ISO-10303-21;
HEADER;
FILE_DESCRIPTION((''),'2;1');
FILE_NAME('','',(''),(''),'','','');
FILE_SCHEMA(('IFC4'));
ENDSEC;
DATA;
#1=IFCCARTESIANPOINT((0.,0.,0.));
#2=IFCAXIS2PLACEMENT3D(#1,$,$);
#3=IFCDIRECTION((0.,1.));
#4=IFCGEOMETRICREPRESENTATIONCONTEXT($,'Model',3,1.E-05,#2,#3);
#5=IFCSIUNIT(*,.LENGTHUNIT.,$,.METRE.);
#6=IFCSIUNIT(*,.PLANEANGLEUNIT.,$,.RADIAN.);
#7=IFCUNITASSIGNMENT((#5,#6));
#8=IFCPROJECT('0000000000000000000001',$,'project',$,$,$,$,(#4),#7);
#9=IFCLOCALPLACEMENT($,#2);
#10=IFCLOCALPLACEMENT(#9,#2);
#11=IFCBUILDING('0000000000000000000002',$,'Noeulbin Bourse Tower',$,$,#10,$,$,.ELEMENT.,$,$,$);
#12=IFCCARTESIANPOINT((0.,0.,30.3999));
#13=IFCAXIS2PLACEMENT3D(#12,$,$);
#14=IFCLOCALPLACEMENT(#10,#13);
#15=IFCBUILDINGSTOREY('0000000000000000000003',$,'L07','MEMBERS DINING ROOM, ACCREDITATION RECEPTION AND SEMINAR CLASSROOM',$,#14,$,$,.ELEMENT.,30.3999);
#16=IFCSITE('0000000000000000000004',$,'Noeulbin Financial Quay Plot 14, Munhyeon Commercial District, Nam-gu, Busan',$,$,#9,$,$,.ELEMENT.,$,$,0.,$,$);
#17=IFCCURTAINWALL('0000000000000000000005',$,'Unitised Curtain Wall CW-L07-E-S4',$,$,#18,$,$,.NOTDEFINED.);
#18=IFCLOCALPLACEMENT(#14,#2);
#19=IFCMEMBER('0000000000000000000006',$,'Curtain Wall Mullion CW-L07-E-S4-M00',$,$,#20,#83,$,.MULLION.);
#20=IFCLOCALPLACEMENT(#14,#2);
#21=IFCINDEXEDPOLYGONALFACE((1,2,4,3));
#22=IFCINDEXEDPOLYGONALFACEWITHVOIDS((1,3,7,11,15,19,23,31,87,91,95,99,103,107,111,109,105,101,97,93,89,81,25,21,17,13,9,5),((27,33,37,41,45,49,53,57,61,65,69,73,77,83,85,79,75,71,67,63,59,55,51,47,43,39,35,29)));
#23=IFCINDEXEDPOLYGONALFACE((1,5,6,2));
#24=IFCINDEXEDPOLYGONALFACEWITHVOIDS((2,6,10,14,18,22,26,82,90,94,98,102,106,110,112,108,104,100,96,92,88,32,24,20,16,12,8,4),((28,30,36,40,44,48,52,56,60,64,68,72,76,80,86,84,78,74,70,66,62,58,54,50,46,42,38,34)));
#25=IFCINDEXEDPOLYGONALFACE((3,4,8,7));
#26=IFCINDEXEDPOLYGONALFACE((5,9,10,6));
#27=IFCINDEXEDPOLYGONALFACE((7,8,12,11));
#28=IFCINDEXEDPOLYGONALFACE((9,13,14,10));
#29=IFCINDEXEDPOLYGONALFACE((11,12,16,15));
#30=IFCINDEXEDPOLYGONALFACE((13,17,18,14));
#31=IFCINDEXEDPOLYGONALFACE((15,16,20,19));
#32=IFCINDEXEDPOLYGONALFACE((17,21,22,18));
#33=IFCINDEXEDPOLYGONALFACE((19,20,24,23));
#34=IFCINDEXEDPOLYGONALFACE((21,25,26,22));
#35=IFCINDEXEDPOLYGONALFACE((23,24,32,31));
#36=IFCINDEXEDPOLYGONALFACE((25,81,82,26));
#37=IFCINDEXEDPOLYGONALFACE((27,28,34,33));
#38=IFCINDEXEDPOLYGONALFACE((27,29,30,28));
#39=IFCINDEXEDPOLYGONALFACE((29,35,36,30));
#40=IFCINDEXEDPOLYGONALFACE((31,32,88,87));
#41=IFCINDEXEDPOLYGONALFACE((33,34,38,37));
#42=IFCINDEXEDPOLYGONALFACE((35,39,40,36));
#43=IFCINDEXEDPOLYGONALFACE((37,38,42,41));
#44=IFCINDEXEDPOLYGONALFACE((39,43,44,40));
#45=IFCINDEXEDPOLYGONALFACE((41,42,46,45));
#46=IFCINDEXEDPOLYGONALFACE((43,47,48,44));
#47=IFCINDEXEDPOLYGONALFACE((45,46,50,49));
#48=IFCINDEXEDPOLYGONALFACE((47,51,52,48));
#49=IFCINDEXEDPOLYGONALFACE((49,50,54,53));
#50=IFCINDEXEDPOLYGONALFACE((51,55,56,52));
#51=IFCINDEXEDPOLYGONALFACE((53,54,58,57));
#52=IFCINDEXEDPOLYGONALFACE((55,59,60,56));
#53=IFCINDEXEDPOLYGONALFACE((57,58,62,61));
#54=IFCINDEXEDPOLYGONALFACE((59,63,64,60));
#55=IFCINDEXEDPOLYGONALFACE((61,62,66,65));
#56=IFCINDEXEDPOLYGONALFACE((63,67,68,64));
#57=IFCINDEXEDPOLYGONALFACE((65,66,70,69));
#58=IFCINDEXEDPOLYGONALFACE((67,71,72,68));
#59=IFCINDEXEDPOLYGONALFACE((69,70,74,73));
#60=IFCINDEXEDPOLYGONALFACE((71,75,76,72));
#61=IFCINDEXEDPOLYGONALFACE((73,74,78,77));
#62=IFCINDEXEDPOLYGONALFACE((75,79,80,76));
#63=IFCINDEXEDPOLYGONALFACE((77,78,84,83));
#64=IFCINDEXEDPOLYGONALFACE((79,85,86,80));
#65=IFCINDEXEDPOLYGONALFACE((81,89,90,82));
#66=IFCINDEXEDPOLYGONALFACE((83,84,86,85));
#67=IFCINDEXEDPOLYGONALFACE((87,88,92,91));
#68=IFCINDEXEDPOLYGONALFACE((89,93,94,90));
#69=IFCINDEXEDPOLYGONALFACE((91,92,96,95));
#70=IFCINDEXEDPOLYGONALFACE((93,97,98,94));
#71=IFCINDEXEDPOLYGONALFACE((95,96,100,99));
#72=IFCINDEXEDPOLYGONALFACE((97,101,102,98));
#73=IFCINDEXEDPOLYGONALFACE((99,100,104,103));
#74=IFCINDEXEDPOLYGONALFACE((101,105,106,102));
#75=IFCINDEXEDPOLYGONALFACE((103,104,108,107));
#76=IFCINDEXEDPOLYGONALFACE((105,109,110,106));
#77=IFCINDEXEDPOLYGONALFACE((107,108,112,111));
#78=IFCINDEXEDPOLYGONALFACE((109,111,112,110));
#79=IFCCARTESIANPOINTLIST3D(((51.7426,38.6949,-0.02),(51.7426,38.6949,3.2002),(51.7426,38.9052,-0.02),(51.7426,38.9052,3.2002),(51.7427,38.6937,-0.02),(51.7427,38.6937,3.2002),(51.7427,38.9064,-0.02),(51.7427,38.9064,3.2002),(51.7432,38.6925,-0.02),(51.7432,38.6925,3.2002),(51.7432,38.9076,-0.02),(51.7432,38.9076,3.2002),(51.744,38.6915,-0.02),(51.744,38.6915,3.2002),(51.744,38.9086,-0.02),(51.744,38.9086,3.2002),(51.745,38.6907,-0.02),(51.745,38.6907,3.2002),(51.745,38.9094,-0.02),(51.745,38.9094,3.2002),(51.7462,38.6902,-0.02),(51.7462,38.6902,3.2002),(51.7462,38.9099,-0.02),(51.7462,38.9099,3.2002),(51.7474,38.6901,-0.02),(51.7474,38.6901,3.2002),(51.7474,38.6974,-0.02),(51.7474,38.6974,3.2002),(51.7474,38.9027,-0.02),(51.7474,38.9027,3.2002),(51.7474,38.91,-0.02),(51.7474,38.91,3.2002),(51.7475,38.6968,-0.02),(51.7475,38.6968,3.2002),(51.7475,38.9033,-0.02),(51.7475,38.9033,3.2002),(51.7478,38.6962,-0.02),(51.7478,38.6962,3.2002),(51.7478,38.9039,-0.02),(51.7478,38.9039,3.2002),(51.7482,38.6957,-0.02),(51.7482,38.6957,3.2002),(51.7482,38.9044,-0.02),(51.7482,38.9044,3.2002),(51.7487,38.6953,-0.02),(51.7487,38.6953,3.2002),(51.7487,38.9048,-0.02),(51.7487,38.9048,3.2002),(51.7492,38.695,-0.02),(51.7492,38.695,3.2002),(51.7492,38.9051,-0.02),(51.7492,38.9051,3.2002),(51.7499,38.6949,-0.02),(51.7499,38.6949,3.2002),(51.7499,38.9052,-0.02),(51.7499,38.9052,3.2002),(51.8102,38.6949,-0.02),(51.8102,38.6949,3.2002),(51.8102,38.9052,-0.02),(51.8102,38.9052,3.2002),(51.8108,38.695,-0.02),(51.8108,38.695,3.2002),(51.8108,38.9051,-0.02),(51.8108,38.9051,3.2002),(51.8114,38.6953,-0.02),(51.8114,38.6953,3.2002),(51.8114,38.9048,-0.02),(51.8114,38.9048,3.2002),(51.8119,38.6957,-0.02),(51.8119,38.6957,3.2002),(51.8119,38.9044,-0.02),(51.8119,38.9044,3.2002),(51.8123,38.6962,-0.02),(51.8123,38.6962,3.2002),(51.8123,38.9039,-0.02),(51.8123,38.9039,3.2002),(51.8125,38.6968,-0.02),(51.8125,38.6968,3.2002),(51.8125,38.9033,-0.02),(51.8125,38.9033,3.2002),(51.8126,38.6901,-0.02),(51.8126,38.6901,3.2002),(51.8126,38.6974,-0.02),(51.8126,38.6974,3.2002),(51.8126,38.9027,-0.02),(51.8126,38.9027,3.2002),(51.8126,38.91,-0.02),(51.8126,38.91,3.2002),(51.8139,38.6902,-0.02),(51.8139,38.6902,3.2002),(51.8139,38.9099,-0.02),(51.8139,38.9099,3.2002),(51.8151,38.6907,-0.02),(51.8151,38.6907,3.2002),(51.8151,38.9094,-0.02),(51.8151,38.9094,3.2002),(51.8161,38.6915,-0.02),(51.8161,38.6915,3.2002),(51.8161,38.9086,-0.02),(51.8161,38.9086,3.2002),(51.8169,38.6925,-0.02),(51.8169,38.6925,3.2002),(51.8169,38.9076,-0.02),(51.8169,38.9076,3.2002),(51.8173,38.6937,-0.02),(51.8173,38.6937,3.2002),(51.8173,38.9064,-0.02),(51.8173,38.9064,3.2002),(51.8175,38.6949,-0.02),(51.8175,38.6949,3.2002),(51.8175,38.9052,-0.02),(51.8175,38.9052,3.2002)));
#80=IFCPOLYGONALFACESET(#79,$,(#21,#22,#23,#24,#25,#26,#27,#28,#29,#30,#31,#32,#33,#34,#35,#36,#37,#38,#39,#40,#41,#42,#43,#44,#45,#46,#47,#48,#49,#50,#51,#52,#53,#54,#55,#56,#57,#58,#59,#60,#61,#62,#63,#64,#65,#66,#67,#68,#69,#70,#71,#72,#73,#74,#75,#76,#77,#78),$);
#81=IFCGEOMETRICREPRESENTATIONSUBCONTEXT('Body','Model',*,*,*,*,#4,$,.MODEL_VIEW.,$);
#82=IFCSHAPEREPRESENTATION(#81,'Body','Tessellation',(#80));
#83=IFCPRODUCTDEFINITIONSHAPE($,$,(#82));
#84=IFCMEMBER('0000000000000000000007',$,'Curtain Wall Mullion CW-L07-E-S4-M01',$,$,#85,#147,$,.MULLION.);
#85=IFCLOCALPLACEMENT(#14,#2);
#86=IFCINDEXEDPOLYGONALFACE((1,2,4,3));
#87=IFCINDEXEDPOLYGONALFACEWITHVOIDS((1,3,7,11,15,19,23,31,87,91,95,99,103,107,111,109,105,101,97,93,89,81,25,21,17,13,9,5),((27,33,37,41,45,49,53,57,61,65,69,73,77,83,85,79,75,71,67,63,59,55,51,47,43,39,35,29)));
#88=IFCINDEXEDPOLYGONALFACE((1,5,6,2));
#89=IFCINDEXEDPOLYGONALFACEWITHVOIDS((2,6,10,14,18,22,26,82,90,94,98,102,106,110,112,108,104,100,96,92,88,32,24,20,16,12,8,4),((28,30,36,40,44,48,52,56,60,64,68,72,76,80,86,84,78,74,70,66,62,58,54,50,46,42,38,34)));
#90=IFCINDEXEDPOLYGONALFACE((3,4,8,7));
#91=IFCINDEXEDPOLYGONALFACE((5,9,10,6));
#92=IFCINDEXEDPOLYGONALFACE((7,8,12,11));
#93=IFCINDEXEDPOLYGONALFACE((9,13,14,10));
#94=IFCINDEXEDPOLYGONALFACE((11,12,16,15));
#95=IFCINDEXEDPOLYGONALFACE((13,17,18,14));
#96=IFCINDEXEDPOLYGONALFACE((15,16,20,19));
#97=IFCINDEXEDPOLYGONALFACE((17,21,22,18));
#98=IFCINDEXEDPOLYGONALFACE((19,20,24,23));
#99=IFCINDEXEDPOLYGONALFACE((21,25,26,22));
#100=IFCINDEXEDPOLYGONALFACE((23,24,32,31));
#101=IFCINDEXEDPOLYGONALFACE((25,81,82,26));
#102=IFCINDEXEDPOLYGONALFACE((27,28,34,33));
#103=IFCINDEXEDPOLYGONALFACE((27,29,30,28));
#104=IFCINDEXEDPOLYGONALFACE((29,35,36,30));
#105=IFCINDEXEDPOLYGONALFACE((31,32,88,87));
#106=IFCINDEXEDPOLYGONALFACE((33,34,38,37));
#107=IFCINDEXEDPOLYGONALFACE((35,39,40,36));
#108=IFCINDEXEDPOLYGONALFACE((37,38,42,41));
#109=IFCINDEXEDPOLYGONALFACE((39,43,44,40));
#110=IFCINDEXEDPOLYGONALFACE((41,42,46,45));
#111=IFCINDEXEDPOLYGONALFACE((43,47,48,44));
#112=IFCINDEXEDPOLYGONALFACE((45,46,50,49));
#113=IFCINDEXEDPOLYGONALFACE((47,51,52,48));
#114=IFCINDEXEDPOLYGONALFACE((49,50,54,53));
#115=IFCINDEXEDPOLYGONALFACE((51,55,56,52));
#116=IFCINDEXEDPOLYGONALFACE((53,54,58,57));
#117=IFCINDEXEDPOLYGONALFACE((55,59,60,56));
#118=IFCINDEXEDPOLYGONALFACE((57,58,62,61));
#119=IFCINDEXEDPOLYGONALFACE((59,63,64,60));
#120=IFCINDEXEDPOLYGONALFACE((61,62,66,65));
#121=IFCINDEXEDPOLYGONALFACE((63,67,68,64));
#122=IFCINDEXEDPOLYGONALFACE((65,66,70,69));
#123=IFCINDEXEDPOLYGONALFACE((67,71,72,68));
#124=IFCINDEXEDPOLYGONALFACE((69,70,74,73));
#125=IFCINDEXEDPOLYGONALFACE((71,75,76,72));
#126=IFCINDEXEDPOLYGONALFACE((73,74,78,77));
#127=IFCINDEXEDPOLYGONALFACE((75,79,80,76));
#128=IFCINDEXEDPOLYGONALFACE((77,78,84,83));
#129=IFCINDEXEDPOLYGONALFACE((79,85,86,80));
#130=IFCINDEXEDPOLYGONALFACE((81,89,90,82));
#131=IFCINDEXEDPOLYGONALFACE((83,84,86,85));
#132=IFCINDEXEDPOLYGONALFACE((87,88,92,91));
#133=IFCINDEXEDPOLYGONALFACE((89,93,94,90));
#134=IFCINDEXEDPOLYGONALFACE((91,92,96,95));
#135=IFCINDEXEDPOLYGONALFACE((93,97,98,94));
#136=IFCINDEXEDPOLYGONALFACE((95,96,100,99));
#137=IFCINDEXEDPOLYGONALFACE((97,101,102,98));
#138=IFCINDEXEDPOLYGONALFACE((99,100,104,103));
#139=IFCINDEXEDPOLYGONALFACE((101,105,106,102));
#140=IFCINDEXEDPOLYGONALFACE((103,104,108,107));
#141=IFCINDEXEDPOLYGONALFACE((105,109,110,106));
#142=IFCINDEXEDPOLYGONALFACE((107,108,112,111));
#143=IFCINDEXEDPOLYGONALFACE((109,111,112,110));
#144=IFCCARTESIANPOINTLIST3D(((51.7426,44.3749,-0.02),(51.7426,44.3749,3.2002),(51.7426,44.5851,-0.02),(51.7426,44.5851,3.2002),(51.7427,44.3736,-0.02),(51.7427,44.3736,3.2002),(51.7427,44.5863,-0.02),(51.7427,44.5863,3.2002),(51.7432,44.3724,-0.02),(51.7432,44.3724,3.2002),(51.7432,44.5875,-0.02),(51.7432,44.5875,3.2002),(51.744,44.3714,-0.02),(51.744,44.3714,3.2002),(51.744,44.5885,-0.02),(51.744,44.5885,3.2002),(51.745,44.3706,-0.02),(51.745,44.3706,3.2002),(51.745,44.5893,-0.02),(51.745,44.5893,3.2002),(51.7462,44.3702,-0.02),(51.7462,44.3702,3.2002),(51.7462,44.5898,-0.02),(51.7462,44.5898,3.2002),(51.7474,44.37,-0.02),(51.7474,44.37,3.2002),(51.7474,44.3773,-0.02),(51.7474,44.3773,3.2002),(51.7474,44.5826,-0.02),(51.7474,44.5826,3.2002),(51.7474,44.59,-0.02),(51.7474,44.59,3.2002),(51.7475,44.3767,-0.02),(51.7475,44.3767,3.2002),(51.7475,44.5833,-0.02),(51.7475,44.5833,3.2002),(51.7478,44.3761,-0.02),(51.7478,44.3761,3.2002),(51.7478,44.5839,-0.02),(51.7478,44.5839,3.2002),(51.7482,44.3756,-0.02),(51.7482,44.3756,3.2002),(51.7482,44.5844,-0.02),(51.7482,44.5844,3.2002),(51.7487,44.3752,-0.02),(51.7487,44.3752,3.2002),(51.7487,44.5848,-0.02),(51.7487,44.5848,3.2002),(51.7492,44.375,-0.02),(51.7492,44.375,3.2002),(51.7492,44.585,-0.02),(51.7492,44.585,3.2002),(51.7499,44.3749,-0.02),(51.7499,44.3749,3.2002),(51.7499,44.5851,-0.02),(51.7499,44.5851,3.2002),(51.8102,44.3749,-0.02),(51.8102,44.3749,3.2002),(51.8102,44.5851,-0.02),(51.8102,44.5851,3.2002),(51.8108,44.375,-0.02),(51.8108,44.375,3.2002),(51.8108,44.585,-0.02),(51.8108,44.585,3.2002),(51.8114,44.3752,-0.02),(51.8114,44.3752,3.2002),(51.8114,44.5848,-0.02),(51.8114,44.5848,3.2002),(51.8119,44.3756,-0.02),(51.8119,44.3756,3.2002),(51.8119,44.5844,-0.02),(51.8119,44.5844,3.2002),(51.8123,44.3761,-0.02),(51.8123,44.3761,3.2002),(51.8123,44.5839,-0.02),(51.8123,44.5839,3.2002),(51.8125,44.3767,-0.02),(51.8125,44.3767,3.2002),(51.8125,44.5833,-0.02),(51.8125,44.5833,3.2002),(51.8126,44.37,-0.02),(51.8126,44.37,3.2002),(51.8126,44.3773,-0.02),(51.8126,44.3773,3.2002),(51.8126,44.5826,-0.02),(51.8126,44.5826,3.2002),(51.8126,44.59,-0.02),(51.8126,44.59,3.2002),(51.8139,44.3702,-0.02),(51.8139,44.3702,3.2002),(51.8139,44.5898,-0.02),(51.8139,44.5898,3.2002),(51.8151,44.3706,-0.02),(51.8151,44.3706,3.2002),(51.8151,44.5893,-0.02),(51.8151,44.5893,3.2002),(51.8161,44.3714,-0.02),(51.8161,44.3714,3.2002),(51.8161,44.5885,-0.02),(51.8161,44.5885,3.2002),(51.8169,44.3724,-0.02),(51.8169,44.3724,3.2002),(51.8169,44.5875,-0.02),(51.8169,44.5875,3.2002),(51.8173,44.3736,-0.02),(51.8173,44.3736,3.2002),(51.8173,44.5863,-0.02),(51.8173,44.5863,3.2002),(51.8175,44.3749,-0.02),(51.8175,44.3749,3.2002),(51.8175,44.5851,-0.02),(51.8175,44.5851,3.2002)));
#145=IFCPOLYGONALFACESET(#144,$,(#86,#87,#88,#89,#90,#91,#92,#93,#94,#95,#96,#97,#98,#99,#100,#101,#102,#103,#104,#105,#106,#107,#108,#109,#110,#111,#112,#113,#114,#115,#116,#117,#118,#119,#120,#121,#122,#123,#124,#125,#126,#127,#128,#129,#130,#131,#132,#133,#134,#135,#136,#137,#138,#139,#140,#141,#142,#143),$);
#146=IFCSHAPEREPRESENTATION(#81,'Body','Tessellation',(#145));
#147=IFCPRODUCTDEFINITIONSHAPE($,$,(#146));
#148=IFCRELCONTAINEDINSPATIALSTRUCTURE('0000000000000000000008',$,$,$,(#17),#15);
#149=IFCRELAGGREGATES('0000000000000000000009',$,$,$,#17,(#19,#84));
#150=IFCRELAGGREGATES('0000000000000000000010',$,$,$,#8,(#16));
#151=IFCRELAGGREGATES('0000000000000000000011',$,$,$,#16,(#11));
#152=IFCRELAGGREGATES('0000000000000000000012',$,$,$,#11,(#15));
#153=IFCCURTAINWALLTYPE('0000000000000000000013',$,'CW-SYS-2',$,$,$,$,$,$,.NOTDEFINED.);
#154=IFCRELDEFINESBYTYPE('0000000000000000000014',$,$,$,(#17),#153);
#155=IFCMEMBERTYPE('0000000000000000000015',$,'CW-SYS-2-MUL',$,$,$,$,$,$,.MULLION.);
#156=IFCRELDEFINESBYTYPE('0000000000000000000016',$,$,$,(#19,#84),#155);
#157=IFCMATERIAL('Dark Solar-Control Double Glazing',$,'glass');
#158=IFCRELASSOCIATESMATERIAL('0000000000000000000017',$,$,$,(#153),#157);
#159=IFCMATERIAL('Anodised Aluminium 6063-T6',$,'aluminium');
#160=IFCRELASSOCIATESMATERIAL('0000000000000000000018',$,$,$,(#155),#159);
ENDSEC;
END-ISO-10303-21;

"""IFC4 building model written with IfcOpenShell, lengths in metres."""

from ifc_helpers import new_model, si_unit, direction, frame, origin, origin_2d, place, context, subcontext, project, spatial, hollow_rectangle, extrude, material, material_profile, profile_set, type_object, element, aggregate, save


model = new_model("IFC4")

# Units and contexts
model_context = context("Model", 3, precision=1e-05, world=origin(), true_north=direction((0.0, 1.0)))
body_context = subcontext(model_context, "Body", "Model", "MODEL_VIEW")
ifc_project = project(units=[si_unit("LENGTHUNIT", "METRE"), si_unit("PLANEANGLEUNIT", "RADIAN")], contexts=[model_context])

# Site, building, storey
site_placement = place(None, origin())
site = spatial("IfcSite", under=ifc_project, at=site_placement, Name="Noeulbin Financial Quay Plot 14, Munhyeon Commercial District, Nam-gu, Busan", CompositionType="ELEMENT", RefElevation=0.0)
building_placement = place(site_placement, origin())
building = spatial("IfcBuilding", under=site, at=building_placement, Name="Noeulbin Bourse Tower", CompositionType="ELEMENT")
storey_placement = place(building_placement, frame((0.0, 0.0, 30.3999)))
storey = spatial("IfcBuildingStorey", under=building, at=storey_placement, Name="L07", Description="MEMBERS DINING ROOM, ACCREDITATION RECEPTION AND SEMINAR CLASSROOM", CompositionType="ELEMENT", Elevation=30.3999)

# Shared definitions
ifc_material_1 = material(Name="Dark Solar-Control Double Glazing", Category="glass")
curtain_wall_type = type_object("IfcCurtainWallType", Name="CW-SYS-2", PredefinedType="NOTDEFINED", material=ifc_material_1)
ifc_material_2 = material(Name="Anodised Aluminium 6063-T6", Category="aluminium")
ifc_material_profile_1 = material_profile(ifc_material_2, hollow_rectangle(XDim=0.075, YDim=0.22, WallThickness=0.0049, InnerFilletRadius=0.0024, OuterFilletRadius=0.0049, at=origin_2d()), Name="ALU-MULL-75x220x5", Category="LoadBearing")
ifc_profile_set_1 = profile_set([ifc_material_profile_1], Name="Anodised Aluminium 6063-T6")
member_type_1 = type_object("IfcMemberType", Name="CW-SYS-2-MUL", PredefinedType="MULLION", material=ifc_profile_set_1)

# Curtain wall, members
curtain_wall_1_placement = place(storey_placement, origin())
curtain_wall_1 = element("IfcCurtainWall", 1, at=curtain_wall_1_placement, inside=storey, type_object=curtain_wall_type, Name="Unitised Curtain Wall CW-L07-E-S4", PredefinedType="NOTDEFINED")
member_1_placement = place(storey_placement, frame((51.78, 38.8, -0.02), z_axis=(0.0, 0.0, 1.0), x_axis=(1.0, 0.0, 0.0)))
member_1 = element("IfcMember", 2, at=member_1_placement, type_object=member_type_1, Name="Curtain Wall Mullion CW-L07-E-S4-M00", PredefinedType="MULLION", context=body_context, shape_type="SweptSolid", body=[
    extrude(hollow_rectangle(XDim=0.075, YDim=0.22, WallThickness=0.0049, InnerFilletRadius=0.0024, OuterFilletRadius=0.0049, at=origin_2d()), origin(), (0.0, 0.0, 1.0), 3.2202),
])
member_2_placement = place(storey_placement, frame((51.78, 44.48, -0.02), z_axis=(0.0, 0.0, 1.0), x_axis=(1.0, 0.0, 0.0)))
member_2 = element("IfcMember", 3, at=member_2_placement, type_object=member_type_1, Name="Curtain Wall Mullion CW-L07-E-S4-M01", PredefinedType="MULLION", context=body_context, shape_type="SweptSolid", body=[
    extrude(hollow_rectangle(XDim=0.075, YDim=0.22, WallThickness=0.0049, InnerFilletRadius=0.0024, OuterFilletRadius=0.0049, at=origin_2d()), origin(), (0.0, 0.0, 1.0), 3.2202),
])

aggregate(curtain_wall_1, [member_1, member_2])

save(model, "model.ifc")
